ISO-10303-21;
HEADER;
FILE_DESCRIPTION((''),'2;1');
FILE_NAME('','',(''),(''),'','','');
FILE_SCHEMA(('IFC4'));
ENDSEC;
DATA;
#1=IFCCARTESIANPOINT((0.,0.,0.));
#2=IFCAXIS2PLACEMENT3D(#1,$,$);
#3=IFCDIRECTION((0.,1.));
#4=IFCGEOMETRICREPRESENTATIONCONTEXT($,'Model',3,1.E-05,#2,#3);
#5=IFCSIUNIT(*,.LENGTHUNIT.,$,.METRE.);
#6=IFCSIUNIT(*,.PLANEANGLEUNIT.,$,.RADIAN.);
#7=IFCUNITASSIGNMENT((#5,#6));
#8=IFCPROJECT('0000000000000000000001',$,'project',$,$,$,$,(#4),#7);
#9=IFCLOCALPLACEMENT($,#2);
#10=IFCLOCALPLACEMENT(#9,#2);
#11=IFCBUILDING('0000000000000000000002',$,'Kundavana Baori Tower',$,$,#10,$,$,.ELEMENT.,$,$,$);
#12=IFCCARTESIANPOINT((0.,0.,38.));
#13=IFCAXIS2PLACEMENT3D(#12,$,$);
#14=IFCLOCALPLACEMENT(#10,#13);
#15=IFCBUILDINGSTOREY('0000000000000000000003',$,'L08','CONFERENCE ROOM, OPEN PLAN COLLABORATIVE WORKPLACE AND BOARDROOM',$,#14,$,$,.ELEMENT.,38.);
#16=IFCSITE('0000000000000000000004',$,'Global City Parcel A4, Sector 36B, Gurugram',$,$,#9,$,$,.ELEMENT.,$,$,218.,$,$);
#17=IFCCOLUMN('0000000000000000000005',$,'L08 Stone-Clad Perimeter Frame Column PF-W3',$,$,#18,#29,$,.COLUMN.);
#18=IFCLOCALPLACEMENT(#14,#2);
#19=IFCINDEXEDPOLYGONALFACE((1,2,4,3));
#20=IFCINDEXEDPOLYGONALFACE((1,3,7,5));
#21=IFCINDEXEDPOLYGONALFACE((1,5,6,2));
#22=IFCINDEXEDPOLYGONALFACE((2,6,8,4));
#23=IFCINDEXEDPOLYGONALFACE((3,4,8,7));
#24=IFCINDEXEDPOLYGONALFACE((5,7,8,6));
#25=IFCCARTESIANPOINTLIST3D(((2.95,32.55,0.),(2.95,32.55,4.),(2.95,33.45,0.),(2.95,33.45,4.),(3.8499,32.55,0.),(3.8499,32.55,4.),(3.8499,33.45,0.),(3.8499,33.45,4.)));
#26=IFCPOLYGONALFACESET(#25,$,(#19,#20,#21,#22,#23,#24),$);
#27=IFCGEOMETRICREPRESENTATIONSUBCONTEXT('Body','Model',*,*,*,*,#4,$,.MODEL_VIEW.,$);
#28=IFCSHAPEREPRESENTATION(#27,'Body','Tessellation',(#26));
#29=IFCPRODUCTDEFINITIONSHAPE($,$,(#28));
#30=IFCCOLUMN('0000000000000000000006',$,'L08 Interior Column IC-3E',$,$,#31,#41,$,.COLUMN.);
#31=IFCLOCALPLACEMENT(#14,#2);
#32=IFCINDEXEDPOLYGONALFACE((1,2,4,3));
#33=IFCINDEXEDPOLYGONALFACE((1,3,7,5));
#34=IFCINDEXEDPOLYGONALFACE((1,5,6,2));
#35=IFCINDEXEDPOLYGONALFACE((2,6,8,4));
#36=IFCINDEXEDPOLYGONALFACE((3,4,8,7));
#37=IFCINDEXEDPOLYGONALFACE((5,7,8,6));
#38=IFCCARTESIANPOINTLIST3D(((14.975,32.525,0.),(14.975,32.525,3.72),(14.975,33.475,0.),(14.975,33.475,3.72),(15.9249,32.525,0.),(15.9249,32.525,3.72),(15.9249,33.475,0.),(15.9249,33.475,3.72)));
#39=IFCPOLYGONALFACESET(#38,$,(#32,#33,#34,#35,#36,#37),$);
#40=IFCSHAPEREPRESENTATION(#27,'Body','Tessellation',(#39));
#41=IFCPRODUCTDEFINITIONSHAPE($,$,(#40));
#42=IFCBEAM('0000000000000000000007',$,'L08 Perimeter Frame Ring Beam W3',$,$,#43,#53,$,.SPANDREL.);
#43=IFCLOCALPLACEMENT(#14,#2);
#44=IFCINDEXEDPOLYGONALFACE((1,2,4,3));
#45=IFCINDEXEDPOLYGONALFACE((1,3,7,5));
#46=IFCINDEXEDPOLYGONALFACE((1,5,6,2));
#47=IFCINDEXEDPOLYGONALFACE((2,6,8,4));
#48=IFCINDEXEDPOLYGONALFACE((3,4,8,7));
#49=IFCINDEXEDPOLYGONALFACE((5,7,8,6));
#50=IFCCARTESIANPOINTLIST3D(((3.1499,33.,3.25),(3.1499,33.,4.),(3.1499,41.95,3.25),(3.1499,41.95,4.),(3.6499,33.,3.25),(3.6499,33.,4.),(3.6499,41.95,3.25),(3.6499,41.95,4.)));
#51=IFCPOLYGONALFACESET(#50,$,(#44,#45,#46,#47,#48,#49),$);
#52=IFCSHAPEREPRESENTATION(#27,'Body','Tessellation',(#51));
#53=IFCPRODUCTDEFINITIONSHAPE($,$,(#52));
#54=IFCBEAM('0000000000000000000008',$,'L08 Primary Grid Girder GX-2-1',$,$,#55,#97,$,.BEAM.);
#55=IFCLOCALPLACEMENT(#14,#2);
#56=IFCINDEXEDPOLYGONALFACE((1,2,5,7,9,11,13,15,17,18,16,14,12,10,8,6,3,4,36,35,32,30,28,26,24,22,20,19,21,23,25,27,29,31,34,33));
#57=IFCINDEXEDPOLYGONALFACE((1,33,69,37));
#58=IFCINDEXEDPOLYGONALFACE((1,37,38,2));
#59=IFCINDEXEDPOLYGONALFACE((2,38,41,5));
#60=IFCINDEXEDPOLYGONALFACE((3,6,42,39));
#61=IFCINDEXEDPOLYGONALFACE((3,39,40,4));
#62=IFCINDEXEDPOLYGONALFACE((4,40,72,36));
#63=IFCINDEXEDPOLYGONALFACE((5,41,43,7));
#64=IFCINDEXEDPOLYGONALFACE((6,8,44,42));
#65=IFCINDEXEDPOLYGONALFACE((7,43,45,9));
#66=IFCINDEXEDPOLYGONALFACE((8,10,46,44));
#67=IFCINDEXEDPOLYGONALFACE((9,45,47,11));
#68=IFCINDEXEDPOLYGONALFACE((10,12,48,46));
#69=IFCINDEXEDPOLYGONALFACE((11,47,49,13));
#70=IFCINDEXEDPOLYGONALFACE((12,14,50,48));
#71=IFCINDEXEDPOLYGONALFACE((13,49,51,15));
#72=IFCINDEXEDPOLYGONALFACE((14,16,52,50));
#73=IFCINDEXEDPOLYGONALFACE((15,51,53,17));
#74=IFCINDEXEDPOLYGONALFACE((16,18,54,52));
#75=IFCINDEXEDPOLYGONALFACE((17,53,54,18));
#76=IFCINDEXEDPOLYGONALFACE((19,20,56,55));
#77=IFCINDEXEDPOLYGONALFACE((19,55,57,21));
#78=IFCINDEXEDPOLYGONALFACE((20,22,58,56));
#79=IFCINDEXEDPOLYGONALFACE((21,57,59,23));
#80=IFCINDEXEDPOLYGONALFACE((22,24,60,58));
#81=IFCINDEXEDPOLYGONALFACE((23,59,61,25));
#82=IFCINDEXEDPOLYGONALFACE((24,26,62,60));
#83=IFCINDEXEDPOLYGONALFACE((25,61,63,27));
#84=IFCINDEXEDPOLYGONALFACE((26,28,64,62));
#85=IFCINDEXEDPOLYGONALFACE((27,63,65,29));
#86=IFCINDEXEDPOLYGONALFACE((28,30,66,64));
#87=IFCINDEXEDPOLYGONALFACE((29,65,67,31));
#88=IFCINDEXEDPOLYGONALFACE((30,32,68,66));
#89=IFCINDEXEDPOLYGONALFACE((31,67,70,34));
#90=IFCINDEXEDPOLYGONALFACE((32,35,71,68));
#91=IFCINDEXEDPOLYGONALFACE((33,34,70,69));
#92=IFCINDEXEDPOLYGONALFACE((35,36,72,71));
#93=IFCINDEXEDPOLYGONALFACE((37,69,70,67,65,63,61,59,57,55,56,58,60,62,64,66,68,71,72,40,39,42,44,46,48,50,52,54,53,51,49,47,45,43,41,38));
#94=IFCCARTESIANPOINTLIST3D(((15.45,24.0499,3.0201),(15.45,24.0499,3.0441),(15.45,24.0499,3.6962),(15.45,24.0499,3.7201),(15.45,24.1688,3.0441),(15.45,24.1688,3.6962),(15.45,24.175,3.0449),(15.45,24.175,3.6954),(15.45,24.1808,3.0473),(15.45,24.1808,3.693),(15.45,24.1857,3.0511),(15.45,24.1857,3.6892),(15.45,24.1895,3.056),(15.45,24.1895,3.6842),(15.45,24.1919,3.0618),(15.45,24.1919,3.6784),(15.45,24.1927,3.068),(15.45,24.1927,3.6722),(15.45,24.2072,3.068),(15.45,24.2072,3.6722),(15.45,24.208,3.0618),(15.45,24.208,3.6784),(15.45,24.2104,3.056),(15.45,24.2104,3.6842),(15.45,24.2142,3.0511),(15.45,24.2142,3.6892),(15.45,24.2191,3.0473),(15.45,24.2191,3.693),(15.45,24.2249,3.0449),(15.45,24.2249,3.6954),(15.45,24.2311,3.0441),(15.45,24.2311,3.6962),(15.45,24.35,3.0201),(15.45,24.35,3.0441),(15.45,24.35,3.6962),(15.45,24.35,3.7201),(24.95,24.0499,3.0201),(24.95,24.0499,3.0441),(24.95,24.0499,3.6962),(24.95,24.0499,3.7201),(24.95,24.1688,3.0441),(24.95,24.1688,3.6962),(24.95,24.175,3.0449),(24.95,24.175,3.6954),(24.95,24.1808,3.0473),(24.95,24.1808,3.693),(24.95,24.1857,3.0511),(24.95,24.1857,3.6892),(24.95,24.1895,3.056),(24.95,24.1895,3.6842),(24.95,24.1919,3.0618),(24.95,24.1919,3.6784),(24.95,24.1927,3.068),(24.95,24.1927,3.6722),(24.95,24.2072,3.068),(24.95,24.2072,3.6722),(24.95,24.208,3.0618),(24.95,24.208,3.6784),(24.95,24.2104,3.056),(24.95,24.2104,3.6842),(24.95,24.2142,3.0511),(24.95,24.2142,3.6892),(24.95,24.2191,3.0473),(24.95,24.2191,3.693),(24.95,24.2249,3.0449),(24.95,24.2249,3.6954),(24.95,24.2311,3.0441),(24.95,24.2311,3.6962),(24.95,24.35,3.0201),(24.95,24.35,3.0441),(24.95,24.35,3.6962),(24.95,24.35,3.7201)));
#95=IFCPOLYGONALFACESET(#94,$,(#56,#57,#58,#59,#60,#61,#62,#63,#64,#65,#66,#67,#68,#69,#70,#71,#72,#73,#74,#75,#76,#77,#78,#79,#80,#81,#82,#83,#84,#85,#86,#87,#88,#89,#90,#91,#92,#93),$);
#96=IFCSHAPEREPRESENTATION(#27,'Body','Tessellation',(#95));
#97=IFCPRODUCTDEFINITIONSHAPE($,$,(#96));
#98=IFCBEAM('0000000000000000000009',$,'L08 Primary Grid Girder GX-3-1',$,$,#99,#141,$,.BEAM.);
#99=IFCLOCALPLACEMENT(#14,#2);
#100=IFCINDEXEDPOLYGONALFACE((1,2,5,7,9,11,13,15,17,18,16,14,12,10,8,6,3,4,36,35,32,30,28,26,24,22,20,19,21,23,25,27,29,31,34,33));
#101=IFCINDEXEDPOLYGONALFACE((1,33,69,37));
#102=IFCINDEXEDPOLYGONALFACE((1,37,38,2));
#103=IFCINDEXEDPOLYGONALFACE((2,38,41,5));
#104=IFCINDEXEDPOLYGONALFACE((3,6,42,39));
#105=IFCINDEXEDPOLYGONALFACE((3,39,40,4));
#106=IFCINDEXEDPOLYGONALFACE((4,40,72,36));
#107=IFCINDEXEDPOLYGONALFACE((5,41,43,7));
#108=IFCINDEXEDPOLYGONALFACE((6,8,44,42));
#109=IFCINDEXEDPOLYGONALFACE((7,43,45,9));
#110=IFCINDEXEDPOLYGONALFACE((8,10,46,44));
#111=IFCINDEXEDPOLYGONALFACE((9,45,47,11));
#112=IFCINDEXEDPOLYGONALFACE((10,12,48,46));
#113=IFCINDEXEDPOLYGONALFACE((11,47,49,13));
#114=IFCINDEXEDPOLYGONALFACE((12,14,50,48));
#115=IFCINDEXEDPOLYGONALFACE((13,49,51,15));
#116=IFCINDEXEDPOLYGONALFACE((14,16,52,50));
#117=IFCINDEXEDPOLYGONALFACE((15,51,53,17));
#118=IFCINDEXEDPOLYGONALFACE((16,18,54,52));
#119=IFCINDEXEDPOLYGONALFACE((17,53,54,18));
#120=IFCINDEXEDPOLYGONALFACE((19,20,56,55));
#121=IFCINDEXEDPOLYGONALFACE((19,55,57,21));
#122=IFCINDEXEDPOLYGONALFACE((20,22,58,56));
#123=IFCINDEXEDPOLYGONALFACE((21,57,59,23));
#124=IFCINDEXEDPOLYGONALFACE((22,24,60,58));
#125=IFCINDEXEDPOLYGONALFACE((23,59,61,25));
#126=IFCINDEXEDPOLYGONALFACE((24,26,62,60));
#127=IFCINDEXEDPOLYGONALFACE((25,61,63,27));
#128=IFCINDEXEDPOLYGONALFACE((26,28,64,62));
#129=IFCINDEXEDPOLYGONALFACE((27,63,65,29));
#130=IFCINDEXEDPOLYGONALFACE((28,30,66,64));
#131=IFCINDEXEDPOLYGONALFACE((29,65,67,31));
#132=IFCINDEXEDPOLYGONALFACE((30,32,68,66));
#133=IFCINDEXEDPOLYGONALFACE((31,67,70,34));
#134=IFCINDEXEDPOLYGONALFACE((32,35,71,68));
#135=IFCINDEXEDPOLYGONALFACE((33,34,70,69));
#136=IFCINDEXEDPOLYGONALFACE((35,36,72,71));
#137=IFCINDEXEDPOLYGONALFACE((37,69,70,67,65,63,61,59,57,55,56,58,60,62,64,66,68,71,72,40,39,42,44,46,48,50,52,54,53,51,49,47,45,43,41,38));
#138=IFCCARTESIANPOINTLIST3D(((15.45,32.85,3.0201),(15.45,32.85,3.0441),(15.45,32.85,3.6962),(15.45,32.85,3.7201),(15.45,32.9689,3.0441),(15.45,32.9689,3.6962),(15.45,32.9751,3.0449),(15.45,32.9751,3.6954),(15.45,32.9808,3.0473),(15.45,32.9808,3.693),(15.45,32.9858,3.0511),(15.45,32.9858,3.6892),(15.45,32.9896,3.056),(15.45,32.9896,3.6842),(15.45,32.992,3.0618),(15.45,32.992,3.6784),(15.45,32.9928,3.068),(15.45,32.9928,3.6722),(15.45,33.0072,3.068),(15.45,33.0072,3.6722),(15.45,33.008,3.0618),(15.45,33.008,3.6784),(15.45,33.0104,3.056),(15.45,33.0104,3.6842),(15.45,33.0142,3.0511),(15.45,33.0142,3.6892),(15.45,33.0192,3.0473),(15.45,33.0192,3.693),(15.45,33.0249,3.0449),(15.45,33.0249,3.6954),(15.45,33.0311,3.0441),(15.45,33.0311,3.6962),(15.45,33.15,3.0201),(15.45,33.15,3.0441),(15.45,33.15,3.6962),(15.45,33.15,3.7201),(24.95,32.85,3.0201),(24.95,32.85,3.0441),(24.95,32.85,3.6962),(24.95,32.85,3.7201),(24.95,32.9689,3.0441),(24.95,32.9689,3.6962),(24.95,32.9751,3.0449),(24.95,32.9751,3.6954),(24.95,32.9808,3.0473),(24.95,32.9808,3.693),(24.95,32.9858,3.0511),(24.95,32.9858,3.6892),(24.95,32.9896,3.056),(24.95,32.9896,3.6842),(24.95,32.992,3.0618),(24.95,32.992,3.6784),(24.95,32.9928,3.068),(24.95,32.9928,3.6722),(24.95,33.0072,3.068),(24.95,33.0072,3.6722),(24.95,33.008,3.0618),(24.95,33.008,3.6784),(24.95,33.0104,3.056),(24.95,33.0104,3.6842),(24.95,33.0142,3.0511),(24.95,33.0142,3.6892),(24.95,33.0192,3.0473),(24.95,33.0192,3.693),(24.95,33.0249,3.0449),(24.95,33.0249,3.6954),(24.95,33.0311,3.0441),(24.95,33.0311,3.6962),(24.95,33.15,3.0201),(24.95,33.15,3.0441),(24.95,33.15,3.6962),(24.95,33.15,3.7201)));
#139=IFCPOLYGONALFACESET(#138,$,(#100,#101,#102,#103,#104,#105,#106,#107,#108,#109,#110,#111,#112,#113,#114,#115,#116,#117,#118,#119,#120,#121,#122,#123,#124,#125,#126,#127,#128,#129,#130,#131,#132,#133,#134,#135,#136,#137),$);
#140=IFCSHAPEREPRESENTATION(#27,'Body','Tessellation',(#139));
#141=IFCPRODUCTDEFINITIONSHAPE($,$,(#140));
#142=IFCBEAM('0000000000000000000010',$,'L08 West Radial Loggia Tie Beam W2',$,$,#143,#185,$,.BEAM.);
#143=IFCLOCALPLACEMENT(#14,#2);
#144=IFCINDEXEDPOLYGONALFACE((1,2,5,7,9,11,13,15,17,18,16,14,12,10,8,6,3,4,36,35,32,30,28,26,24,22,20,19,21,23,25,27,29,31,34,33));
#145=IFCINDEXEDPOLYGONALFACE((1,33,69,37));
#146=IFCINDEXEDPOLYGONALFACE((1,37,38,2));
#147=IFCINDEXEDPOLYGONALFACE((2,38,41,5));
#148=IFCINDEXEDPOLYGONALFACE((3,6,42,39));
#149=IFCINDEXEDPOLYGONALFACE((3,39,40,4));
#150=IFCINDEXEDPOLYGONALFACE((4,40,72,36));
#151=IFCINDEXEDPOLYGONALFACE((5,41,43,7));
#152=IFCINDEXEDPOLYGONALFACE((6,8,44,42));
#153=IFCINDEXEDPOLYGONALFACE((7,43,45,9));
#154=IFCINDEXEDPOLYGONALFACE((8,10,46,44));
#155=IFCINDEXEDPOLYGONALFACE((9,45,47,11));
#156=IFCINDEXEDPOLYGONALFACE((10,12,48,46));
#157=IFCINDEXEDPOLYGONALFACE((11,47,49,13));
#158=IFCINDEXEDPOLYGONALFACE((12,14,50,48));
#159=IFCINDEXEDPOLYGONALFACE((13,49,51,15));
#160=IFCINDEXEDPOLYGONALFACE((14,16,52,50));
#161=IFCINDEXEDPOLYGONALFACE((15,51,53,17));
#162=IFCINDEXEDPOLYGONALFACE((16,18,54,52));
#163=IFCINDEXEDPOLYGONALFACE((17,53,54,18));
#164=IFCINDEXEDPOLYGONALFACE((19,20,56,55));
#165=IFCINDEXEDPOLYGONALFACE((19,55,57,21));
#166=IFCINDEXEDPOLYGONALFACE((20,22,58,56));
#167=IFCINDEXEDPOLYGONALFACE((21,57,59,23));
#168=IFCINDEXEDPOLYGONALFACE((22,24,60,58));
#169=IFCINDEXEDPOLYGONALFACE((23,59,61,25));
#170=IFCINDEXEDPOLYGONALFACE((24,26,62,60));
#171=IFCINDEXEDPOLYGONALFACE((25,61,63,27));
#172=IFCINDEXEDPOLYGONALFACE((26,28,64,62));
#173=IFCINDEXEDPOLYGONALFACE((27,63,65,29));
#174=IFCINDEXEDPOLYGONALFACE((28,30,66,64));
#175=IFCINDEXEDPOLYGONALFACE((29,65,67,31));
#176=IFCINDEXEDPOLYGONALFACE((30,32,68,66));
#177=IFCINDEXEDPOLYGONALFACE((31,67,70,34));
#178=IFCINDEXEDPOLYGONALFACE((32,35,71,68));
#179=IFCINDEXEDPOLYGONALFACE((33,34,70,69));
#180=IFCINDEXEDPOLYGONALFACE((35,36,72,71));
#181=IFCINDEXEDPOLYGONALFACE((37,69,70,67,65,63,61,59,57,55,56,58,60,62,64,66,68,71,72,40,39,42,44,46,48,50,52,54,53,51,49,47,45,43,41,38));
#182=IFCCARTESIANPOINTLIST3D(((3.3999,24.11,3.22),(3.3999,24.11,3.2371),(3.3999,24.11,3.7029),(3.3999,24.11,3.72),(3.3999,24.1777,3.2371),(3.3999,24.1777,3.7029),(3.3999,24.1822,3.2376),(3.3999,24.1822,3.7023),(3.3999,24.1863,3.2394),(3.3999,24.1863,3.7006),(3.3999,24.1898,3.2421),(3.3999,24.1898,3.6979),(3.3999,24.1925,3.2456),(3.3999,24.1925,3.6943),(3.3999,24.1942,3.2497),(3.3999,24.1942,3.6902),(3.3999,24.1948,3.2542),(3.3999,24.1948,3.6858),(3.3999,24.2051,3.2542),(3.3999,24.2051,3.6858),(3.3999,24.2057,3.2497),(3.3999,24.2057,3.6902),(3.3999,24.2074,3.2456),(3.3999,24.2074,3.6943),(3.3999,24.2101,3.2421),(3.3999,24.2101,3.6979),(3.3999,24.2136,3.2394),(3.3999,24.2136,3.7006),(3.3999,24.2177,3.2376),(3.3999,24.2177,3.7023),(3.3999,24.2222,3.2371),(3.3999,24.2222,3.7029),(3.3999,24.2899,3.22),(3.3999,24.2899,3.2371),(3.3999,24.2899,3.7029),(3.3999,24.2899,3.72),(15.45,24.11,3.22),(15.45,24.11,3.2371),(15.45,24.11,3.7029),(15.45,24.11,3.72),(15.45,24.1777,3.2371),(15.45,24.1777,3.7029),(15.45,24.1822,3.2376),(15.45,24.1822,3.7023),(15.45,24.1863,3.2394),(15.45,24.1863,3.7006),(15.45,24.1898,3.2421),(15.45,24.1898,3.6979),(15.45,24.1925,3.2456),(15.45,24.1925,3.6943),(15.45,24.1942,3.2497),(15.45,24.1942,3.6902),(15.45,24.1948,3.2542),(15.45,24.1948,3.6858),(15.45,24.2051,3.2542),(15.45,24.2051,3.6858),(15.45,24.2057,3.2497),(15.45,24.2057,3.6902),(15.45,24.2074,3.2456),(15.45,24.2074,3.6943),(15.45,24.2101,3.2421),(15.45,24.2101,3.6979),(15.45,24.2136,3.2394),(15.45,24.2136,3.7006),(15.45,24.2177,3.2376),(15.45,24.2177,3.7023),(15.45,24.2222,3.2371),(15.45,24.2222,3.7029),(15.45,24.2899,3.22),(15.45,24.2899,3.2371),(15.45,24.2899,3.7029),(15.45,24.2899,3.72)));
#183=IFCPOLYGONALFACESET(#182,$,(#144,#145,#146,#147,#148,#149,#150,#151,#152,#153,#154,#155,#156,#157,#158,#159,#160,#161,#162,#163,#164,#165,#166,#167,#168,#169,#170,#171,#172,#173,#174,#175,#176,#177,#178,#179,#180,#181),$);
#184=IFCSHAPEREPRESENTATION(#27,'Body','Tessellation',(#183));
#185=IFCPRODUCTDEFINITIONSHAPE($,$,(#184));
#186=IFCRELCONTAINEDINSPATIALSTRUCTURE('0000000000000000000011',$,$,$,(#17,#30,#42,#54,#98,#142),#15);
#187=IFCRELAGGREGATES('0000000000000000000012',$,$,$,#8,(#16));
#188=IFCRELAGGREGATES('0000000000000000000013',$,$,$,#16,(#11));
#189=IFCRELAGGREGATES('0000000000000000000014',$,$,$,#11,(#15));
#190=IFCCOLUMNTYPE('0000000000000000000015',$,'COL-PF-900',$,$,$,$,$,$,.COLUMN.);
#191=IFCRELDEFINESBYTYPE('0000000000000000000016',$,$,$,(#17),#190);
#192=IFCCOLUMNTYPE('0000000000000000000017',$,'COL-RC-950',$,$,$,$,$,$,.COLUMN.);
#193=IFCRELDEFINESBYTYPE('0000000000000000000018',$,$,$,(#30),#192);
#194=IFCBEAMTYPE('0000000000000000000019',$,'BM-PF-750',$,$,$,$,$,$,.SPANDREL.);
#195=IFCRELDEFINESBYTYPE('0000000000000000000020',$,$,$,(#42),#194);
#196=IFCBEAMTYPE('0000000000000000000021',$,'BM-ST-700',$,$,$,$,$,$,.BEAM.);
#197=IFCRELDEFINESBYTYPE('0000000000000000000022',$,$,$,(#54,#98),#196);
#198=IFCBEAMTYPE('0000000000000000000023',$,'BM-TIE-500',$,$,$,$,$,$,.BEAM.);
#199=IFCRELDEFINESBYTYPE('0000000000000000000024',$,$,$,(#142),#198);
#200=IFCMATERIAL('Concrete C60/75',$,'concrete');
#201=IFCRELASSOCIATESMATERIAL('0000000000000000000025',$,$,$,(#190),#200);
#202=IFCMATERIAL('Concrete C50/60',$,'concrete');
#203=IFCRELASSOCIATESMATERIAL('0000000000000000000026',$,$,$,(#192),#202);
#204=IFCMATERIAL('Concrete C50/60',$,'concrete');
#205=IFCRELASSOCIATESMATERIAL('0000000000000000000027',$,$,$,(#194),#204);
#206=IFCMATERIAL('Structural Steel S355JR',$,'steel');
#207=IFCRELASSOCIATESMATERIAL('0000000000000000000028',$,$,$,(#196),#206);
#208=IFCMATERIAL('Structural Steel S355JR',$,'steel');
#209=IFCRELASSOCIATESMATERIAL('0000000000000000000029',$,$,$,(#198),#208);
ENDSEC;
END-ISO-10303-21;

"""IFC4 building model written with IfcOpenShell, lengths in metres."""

from ifc_helpers import new_model, si_unit, direction, frame, origin, origin_2d, place, context, subcontext, project, spatial, rectangle, i_section, extrude, material, material_profile, profile_set, type_object, element, save


model = new_model("IFC4")

# Units and contexts
model_context = context("Model", 3, precision=1e-05, world=origin(), true_north=direction((0.0, 1.0)))
body_context = subcontext(model_context, "Body", "Model", "MODEL_VIEW")
ifc_project = project(units=[si_unit("LENGTHUNIT", "METRE"), si_unit("PLANEANGLEUNIT", "RADIAN")], contexts=[model_context])

# Site, building, storey
site_placement = place(None, origin())
site = spatial("IfcSite", under=ifc_project, at=site_placement, Name="Global City Parcel A4, Sector 36B, Gurugram", CompositionType="ELEMENT", RefElevation=218.0)
building_placement = place(site_placement, origin())
building = spatial("IfcBuilding", under=site, at=building_placement, Name="Kundavana Baori Tower", CompositionType="ELEMENT")
storey_placement = place(building_placement, frame((0.0, 0.0, 38.0)))
storey = spatial("IfcBuildingStorey", under=building, at=storey_placement, Name="L08", Description="CONFERENCE ROOM, OPEN PLAN COLLABORATIVE WORKPLACE AND BOARDROOM", CompositionType="ELEMENT", Elevation=38.0)

# Columns
ifc_material_1 = material(Name="Concrete C60/75", Category="concrete")
ifc_material_profile_1 = material_profile(ifc_material_1, rectangle(XDim=0.8999, YDim=0.8999, at=origin_2d()), Name="RC PF 900x900")
ifc_profile_set_1 = profile_set([ifc_material_profile_1], Name="Concrete C60/75")
column_type_1 = type_object("IfcColumnType", Name="COL-PF-900", PredefinedType="COLUMN", material=ifc_profile_set_1)
column_1_placement = place(storey_placement, frame((3.3999, 33.0, 0.0), z_axis=(0.0, 0.0, 1.0), x_axis=(1.0, 0.0, 0.0)))
element("IfcColumn", 1, at=column_1_placement, inside=storey, type_object=column_type_1, Name="L08 Stone-Clad Perimeter Frame Column PF-W3", PredefinedType="COLUMN", context=body_context, shape_type="SweptSolid", body=[
    extrude(rectangle(XDim=0.8999, YDim=0.8999, at=origin_2d()), origin(), (0.0, 0.0, 1.0), 4.0),
])
ifc_material_2 = material(Name="Concrete C50/60", Category="concrete")
ifc_material_profile_2 = material_profile(ifc_material_2, rectangle(XDim=0.95, YDim=0.95, at=origin_2d()), Name="RC 950x950")
ifc_profile_set_2 = profile_set([ifc_material_profile_2], Name="Concrete C50/60")
column_type_2 = type_object("IfcColumnType", Name="COL-RC-950", PredefinedType="COLUMN", material=ifc_profile_set_2)
column_2_placement = place(storey_placement, frame((15.45, 33.0, 0.0), z_axis=(0.0, 0.0, 1.0), x_axis=(1.0, 0.0, 0.0)))
element("IfcColumn", 2, at=column_2_placement, inside=storey, type_object=column_type_2, Name="L08 Interior Column IC-3E", PredefinedType="COLUMN", context=body_context, shape_type="SweptSolid", body=[
    extrude(rectangle(XDim=0.95, YDim=0.95, at=origin_2d()), origin(), (0.0, 0.0, 1.0), 3.72),
])

# Beams
ifc_material_3 = material(Name="Concrete C50/60", Category="concrete")
ifc_material_profile_3 = material_profile(ifc_material_3, rectangle(XDim=0.5, YDim=0.75, at=origin_2d()), Name="RC BM 500x750")
ifc_profile_set_3 = profile_set([ifc_material_profile_3], Name="Concrete C50/60")
beam_type_1 = type_object("IfcBeamType", Name="BM-PF-750", PredefinedType="SPANDREL", material=ifc_profile_set_3)
beam_placement = place(storey_placement, frame((3.3999, 33.0, 3.625), z_axis=(0.0, 1.0, 0.0), x_axis=(-1.0, 0.0, 0.0)))
element("IfcBeam", 3, at=beam_placement, inside=storey, type_object=beam_type_1, Name="L08 Perimeter Frame Ring Beam W3", PredefinedType="SPANDREL", context=body_context, shape_type="SweptSolid", body=[
    extrude(rectangle(XDim=0.5, YDim=0.75, at=origin_2d()), origin(), (0.0, 0.0, 1.0), 8.95),
])
ifc_material_4 = material(Name="Structural Steel S355JR", Category="steel")
ifc_material_profile_4 = material_profile(ifc_material_4, i_section(OverallWidth=0.3, OverallDepth=0.7, WebThickness=0.0144, FlangeThickness=0.0239, FilletRadius=0.0239, at=origin_2d()), Name="NPB 700x300x170")
ifc_profile_set_4 = profile_set([ifc_material_profile_4], Name="Structural Steel S355JR")
beam_type_2 = type_object("IfcBeamType", Name="BM-ST-700", PredefinedType="BEAM", material=ifc_profile_set_4)
for number, where, z_axis, x_axis, name in (
    (4, (15.45, 24.2, 3.3701), (1.0, 0.0, 0.0), (0.0, 1.0, 0.0), "L08 Primary Grid Girder GX-2-1"),
    (5, (15.45, 33.0, 3.3701), (1.0, 0.0, 0.0), (0.0, 1.0, 0.0), "L08 Primary Grid Girder GX-3-1"),
):
    element("IfcBeam", number, at=place(storey_placement, frame(where, z_axis=z_axis, x_axis=x_axis)), inside=storey, type_object=beam_type_2, Name=name, PredefinedType="BEAM", context=body_context, shape_type="SweptSolid", body=[
        extrude(i_section(OverallWidth=0.3, OverallDepth=0.7, WebThickness=0.0144, FlangeThickness=0.0239, FilletRadius=0.0239, at=origin_2d()), origin(), (0.0, 0.0, 1.0), 9.5),
    ])
ifc_material_5 = material(Name="Structural Steel S355JR", Category="steel")
ifc_material_profile_5 = material_profile(ifc_material_5, i_section(OverallWidth=0.1799, OverallDepth=0.5, WebThickness=0.0103, FlangeThickness=0.0171, FilletRadius=0.0171, at=origin_2d()), Name="ISMB 500")
ifc_profile_set_5 = profile_set([ifc_material_profile_5], Name="Structural Steel S355JR")
beam_type_3 = type_object("IfcBeamType", Name="BM-TIE-500", PredefinedType="BEAM", material=ifc_profile_set_5)
for number, where, z_axis, x_axis, name in (
    (6, (15.45, 24.2, 3.47), (-1.0, 0.0, 0.0), (0.0, -1.0, 0.0), "L08 West Radial Loggia Tie Beam W2"),
):
    element("IfcBeam", number, at=place(storey_placement, frame(where, z_axis=z_axis, x_axis=x_axis)), inside=storey, type_object=beam_type_3, Name=name, PredefinedType="BEAM", context=body_context, shape_type="SweptSolid", body=[
        extrude(i_section(OverallWidth=0.1799, OverallDepth=0.5, WebThickness=0.0103, FlangeThickness=0.0171, FilletRadius=0.0171, at=origin_2d()), origin(), (0.0, 0.0, 1.0), 12.05),
    ])

save(model, "model.ifc")
